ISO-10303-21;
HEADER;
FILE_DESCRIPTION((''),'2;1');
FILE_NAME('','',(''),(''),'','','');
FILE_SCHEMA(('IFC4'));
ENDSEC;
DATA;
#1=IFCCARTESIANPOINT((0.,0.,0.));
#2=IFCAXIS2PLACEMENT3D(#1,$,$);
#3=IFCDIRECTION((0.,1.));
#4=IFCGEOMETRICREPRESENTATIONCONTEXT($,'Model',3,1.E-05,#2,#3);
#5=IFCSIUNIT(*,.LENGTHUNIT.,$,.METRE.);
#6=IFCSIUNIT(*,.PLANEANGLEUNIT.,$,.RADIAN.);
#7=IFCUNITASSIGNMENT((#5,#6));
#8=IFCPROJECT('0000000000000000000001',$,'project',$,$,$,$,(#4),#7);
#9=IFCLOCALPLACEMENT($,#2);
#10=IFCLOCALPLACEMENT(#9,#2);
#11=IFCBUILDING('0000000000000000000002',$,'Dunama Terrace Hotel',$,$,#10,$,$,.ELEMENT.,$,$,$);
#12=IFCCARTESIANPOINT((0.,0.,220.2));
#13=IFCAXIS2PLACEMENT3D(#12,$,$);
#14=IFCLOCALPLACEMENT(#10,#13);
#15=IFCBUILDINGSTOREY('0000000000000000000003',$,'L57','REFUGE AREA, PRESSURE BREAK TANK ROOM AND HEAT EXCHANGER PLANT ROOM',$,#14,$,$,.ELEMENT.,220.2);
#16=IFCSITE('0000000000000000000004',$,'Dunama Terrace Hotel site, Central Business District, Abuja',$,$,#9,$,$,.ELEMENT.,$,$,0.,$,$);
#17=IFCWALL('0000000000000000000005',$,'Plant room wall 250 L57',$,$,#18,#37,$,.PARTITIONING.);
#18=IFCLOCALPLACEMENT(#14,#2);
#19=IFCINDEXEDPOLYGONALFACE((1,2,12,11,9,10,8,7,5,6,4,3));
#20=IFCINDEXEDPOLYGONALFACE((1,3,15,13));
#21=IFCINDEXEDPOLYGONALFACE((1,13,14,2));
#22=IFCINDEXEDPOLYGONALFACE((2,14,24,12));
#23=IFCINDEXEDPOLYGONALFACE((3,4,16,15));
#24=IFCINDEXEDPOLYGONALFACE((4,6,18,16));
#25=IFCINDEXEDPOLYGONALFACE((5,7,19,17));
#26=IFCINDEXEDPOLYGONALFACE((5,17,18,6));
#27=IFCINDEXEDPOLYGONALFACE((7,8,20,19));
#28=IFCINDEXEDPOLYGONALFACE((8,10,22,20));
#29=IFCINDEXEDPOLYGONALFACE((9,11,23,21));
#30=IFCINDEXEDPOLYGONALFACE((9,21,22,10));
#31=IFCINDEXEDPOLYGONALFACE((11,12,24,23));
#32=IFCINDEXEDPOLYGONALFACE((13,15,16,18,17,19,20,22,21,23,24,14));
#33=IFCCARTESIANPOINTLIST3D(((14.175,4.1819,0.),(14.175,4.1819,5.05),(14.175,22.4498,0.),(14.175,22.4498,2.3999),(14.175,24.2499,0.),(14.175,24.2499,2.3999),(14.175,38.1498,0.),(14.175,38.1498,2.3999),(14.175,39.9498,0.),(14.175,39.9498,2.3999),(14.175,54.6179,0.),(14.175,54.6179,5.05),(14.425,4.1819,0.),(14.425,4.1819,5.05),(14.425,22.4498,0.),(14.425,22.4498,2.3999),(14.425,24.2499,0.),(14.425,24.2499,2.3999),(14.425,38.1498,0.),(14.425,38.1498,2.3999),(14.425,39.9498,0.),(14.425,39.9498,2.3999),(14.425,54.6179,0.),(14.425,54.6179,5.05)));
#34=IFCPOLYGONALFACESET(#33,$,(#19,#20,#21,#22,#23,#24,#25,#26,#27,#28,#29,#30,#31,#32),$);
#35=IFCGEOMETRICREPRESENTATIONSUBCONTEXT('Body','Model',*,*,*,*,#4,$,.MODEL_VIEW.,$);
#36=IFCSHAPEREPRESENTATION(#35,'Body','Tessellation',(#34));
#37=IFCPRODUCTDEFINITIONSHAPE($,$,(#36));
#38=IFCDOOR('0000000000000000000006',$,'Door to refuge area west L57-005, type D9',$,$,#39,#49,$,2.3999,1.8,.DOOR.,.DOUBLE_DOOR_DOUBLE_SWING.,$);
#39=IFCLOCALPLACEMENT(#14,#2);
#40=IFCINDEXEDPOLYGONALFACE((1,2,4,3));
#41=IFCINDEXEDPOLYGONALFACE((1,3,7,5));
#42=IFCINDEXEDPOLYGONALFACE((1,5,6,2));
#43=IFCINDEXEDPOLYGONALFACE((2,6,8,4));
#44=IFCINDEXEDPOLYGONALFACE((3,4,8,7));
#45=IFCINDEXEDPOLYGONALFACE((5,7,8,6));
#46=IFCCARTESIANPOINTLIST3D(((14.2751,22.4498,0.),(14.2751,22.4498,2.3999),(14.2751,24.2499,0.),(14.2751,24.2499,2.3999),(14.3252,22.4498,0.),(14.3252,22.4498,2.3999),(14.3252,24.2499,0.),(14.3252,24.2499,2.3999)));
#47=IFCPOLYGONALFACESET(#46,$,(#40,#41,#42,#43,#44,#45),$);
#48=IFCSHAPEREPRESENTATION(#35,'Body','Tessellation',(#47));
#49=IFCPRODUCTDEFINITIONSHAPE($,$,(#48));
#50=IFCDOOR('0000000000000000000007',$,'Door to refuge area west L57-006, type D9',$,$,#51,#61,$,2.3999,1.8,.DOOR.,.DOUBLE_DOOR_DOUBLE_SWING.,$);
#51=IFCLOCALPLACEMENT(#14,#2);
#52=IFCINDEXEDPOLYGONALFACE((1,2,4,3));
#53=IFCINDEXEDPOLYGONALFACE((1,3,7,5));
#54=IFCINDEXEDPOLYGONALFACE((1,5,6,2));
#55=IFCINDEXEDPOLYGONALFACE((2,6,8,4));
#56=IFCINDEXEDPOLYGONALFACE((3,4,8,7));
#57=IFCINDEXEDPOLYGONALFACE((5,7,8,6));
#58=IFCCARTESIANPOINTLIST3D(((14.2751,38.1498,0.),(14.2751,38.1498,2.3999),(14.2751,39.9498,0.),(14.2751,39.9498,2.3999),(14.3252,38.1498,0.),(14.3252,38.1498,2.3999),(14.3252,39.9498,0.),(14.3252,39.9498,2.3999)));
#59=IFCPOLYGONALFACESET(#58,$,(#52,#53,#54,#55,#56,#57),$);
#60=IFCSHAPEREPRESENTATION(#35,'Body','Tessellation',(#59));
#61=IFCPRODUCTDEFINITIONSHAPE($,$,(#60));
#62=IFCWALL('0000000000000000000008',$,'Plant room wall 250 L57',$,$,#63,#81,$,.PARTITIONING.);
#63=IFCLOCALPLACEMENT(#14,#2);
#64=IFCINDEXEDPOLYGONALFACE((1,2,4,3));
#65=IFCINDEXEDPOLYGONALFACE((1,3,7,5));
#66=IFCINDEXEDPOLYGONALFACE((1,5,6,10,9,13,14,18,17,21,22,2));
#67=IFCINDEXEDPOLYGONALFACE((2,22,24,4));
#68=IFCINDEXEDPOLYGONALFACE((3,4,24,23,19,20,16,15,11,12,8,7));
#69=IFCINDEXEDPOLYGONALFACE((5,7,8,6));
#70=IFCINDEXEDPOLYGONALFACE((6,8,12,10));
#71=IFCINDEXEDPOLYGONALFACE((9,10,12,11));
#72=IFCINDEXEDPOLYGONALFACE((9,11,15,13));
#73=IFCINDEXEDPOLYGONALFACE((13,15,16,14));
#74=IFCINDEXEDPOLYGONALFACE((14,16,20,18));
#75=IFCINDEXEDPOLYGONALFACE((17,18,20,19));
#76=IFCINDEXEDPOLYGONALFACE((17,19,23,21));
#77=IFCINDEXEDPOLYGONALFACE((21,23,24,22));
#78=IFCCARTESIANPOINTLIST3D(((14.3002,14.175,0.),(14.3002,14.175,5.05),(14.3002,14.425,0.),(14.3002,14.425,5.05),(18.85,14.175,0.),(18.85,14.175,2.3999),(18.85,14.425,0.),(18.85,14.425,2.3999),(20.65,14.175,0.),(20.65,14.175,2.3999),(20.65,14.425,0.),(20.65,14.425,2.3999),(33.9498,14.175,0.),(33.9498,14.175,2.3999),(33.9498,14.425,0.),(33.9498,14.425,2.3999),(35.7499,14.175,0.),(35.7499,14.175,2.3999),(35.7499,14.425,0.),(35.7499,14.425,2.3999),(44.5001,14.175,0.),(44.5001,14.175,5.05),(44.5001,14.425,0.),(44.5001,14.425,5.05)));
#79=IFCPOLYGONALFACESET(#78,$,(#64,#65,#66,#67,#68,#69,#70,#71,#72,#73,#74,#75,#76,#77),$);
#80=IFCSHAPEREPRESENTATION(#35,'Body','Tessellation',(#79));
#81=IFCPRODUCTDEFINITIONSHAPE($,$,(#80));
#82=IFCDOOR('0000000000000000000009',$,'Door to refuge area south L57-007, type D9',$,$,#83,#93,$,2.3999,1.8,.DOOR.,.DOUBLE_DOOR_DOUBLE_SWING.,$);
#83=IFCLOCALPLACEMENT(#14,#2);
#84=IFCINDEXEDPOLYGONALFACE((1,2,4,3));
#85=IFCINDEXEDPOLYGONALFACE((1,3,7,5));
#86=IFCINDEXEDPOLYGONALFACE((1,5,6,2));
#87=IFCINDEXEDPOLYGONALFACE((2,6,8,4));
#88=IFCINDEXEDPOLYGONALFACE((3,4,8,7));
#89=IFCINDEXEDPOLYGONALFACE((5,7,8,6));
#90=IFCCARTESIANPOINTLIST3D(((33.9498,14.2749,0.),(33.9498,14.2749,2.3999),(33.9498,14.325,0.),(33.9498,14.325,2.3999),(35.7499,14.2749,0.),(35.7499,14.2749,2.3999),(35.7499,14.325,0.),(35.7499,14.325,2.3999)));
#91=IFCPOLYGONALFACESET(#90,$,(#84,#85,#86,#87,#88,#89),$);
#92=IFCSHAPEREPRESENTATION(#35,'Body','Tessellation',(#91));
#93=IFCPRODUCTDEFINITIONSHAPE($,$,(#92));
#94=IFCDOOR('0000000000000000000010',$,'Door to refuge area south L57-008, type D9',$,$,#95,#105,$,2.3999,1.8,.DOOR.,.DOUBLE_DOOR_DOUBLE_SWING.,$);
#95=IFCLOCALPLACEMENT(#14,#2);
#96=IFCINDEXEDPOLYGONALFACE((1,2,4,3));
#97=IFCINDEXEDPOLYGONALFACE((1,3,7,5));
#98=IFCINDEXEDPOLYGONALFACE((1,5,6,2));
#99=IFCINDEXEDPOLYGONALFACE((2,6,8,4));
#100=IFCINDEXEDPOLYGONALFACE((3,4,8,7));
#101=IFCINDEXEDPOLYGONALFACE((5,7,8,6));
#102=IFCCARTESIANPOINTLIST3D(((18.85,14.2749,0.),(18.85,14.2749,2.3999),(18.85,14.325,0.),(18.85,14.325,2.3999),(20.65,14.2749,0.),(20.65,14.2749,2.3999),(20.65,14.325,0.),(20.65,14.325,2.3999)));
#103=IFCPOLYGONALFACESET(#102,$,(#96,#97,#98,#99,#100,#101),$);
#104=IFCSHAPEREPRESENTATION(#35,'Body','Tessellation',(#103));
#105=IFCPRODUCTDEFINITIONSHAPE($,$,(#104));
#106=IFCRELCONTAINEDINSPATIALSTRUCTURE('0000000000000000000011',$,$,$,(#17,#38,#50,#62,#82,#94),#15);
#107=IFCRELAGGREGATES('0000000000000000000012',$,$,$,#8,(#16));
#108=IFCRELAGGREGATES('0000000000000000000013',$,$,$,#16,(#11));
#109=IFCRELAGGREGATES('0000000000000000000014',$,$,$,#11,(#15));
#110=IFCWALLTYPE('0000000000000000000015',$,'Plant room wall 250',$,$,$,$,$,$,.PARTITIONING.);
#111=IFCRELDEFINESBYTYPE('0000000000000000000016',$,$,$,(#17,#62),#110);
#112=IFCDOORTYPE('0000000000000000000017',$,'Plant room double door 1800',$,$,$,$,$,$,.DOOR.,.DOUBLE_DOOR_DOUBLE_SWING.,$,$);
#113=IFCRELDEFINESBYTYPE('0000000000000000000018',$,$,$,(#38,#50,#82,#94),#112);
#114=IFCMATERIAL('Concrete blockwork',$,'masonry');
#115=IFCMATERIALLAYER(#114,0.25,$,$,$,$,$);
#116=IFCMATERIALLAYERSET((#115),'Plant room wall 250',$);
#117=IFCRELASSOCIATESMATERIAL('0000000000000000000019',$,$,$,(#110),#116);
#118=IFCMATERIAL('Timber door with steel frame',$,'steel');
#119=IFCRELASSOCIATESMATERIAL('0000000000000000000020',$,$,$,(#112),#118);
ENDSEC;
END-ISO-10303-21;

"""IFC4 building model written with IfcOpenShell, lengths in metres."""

from ifc_helpers import new_model, si_unit, direction, frame, frame_2d, origin, place, context, subcontext, project, spatial, rectangle, extrude, material, layer, layer_set, type_object, element, fill, save


model = new_model("IFC4")

# Units and contexts
model_context = context("Model", 3, precision=1e-05, world=origin(), true_north=direction((0.0, 1.0)))
body_context = subcontext(model_context, "Body", "Model", "MODEL_VIEW")
ifc_project = project(units=[si_unit("LENGTHUNIT", "METRE"), si_unit("PLANEANGLEUNIT", "RADIAN")], contexts=[model_context])

# Site, building, storey
site_placement = place(None, origin())
site = spatial("IfcSite", under=ifc_project, at=site_placement, Name="Dunama Terrace Hotel site, Central Business District, Abuja", CompositionType="ELEMENT", RefElevation=0.0)
building_placement = place(site_placement, origin())
building = spatial("IfcBuilding", under=site, at=building_placement, Name="Dunama Terrace Hotel", CompositionType="ELEMENT")
storey_placement = place(building_placement, frame((0.0, 0.0, 220.2)))
storey = spatial("IfcBuildingStorey", under=building, at=storey_placement, Name="L57", Description="REFUGE AREA, PRESSURE BREAK TANK ROOM AND HEAT EXCHANGER PLANT ROOM", CompositionType="ELEMENT", Elevation=220.2)

# Walls, openings, doors
ifc_material_1 = material(Name="Concrete blockwork", Category="masonry")
ifc_layer_1 = layer(ifc_material_1, 0.25)
ifc_layer_set_1 = layer_set([ifc_layer_1], Name="Plant room wall 250")
wall_type_1 = type_object("IfcWallType", Name="Plant room wall 250", PredefinedType="PARTITIONING", material=ifc_layer_set_1)
wall_1_placement = place(storey_placement, frame((14.3, 4.1819, 0.0), z_axis=(0.0, 0.0, 1.0), x_axis=(0.0, 1.0, 0.0)))
wall_1 = element("IfcWall", 1, at=wall_1_placement, inside=storey, type_object=wall_type_1, Name="Plant room wall 250 L57", PredefinedType="PARTITIONING", context=body_context, shape_type="SweptSolid", body=[
    extrude(rectangle(XDim=50.436, YDim=0.25, at=frame_2d((25.218, 0.0))), origin(), (0.0, 0.0, 1.0), 5.05),
])
opening_1_placement = place(wall_1_placement, frame((18.2681, 0.0, 0.0)))
opening_1 = element("IfcOpeningElement", 2, at=opening_1_placement, cuts=wall_1, PredefinedType="OPENING", context=body_context, shape_type="SweptSolid", body=[
    extrude(rectangle(XDim=1.8, YDim=2.3999, at=frame_2d((0.8999, 1.2))), frame((0.0, 0.135, 0.0), z_axis=(0.0, -1.0, 0.0), x_axis=(1.0, 0.0, 0.0)), (0.0, 0.0, 1.0), 0.27),
])
opening_2_placement = place(wall_1_placement, frame((33.968, 0.0, 0.0)))
opening_2 = element("IfcOpeningElement", 3, at=opening_2_placement, cuts=wall_1, PredefinedType="OPENING", context=body_context, shape_type="SweptSolid", body=[
    extrude(rectangle(XDim=1.8, YDim=2.3999, at=frame_2d((0.8999, 1.2))), frame((0.0, 0.135, 0.0), z_axis=(0.0, -1.0, 0.0), x_axis=(1.0, 0.0, 0.0)), (0.0, 0.0, 1.0), 0.27),
])
ifc_material_2 = material(Name="Timber door with steel frame", Category="steel")
door_type_1 = type_object("IfcDoorType", Name="Plant room double door 1800", OperationType="DOUBLE_DOOR_DOUBLE_SWING", PredefinedType="DOOR", material=ifc_material_2)
door_1_placement = place(opening_1_placement, origin())
door_1 = element("IfcDoor", 4, at=door_1_placement, inside=storey, type_object=door_type_1, Name="Door to refuge area west L57-005, type D9", OperationType="DOUBLE_DOOR_DOUBLE_SWING", OverallHeight=2.3999, OverallWidth=1.8, PredefinedType="DOOR", context=body_context, shape_type="SweptSolid", body=[
    extrude(rectangle(XDim=1.8, YDim=2.3999, at=frame_2d((0.8999, 1.2))), frame((0.0, 0.0249, 0.0), z_axis=(0.0, -1.0, 0.0), x_axis=(1.0, 0.0, 0.0)), (0.0, 0.0, 1.0), 0.05),
])
fill(opening_1, door_1)
door_2_placement = place(opening_2_placement, origin())
door_2 = element("IfcDoor", 5, at=door_2_placement, inside=storey, type_object=door_type_1, Name="Door to refuge area west L57-006, type D9", OperationType="DOUBLE_DOOR_DOUBLE_SWING", OverallHeight=2.3999, OverallWidth=1.8, PredefinedType="DOOR", context=body_context, shape_type="SweptSolid", body=[
    extrude(rectangle(XDim=1.8, YDim=2.3999, at=frame_2d((0.8999, 1.2))), frame((0.0, 0.0249, 0.0), z_axis=(0.0, -1.0, 0.0), x_axis=(1.0, 0.0, 0.0)), (0.0, 0.0, 1.0), 0.05),
])
fill(opening_2, door_2)
wall_2_placement = place(storey_placement, frame((14.3, 14.3, 0.0), z_axis=(0.0, 0.0, 1.0), x_axis=(1.0, 0.0, 0.0)))
wall_2 = element("IfcWall", 6, at=wall_2_placement, inside=storey, type_object=wall_type_1, Name="Plant room wall 250 L57", PredefinedType="PARTITIONING", context=body_context, shape_type="SweptSolid", body=[
    extrude(rectangle(XDim=30.2, YDim=0.25, at=frame_2d((15.1001, 0.0))), origin(), (0.0, 0.0, 1.0), 5.05),
])
opening_3_placement = place(wall_2_placement, frame((19.6499, 0.0, 0.0)))
opening_3 = element("IfcOpeningElement", 7, at=opening_3_placement, cuts=wall_2, PredefinedType="OPENING", context=body_context, shape_type="SweptSolid", body=[
    extrude(rectangle(XDim=1.8, YDim=2.3999, at=frame_2d((0.8999, 1.2))), frame((0.0, 0.135, 0.0), z_axis=(0.0, -1.0, 0.0), x_axis=(1.0, 0.0, 0.0)), (0.0, 0.0, 1.0), 0.27),
])
opening_4_placement = place(wall_2_placement, frame((4.55, 0.0, 0.0)))
opening_4 = element("IfcOpeningElement", 8, at=opening_4_placement, cuts=wall_2, PredefinedType="OPENING", context=body_context, shape_type="SweptSolid", body=[
    extrude(rectangle(XDim=1.8, YDim=2.3999, at=frame_2d((0.8999, 1.2))), frame((0.0, 0.135, 0.0), z_axis=(0.0, -1.0, 0.0), x_axis=(1.0, 0.0, 0.0)), (0.0, 0.0, 1.0), 0.27),
])
door_3_placement = place(opening_3_placement, origin())
door_3 = element("IfcDoor", 9, at=door_3_placement, inside=storey, type_object=door_type_1, Name="Door to refuge area south L57-007, type D9", OperationType="DOUBLE_DOOR_DOUBLE_SWING", OverallHeight=2.3999, OverallWidth=1.8, PredefinedType="DOOR", context=body_context, shape_type="SweptSolid", body=[
    extrude(rectangle(XDim=1.8, YDim=2.3999, at=frame_2d((0.8999, 1.2))), frame((0.0, 0.0249, 0.0), z_axis=(0.0, -1.0, 0.0), x_axis=(1.0, 0.0, 0.0)), (0.0, 0.0, 1.0), 0.05),
])
fill(opening_3, door_3)
door_4_placement = place(opening_4_placement, origin())
door_4 = element("IfcDoor", 10, at=door_4_placement, inside=storey, type_object=door_type_1, Name="Door to refuge area south L57-008, type D9", OperationType="DOUBLE_DOOR_DOUBLE_SWING", OverallHeight=2.3999, OverallWidth=1.8, PredefinedType="DOOR", context=body_context, shape_type="SweptSolid", body=[
    extrude(rectangle(XDim=1.8, YDim=2.3999, at=frame_2d((0.8999, 1.2))), frame((0.0, 0.0249, 0.0), z_axis=(0.0, -1.0, 0.0), x_axis=(1.0, 0.0, 0.0)), (0.0, 0.0, 1.0), 0.05),
])
fill(opening_4, door_4)

save(model, "model.ifc")
